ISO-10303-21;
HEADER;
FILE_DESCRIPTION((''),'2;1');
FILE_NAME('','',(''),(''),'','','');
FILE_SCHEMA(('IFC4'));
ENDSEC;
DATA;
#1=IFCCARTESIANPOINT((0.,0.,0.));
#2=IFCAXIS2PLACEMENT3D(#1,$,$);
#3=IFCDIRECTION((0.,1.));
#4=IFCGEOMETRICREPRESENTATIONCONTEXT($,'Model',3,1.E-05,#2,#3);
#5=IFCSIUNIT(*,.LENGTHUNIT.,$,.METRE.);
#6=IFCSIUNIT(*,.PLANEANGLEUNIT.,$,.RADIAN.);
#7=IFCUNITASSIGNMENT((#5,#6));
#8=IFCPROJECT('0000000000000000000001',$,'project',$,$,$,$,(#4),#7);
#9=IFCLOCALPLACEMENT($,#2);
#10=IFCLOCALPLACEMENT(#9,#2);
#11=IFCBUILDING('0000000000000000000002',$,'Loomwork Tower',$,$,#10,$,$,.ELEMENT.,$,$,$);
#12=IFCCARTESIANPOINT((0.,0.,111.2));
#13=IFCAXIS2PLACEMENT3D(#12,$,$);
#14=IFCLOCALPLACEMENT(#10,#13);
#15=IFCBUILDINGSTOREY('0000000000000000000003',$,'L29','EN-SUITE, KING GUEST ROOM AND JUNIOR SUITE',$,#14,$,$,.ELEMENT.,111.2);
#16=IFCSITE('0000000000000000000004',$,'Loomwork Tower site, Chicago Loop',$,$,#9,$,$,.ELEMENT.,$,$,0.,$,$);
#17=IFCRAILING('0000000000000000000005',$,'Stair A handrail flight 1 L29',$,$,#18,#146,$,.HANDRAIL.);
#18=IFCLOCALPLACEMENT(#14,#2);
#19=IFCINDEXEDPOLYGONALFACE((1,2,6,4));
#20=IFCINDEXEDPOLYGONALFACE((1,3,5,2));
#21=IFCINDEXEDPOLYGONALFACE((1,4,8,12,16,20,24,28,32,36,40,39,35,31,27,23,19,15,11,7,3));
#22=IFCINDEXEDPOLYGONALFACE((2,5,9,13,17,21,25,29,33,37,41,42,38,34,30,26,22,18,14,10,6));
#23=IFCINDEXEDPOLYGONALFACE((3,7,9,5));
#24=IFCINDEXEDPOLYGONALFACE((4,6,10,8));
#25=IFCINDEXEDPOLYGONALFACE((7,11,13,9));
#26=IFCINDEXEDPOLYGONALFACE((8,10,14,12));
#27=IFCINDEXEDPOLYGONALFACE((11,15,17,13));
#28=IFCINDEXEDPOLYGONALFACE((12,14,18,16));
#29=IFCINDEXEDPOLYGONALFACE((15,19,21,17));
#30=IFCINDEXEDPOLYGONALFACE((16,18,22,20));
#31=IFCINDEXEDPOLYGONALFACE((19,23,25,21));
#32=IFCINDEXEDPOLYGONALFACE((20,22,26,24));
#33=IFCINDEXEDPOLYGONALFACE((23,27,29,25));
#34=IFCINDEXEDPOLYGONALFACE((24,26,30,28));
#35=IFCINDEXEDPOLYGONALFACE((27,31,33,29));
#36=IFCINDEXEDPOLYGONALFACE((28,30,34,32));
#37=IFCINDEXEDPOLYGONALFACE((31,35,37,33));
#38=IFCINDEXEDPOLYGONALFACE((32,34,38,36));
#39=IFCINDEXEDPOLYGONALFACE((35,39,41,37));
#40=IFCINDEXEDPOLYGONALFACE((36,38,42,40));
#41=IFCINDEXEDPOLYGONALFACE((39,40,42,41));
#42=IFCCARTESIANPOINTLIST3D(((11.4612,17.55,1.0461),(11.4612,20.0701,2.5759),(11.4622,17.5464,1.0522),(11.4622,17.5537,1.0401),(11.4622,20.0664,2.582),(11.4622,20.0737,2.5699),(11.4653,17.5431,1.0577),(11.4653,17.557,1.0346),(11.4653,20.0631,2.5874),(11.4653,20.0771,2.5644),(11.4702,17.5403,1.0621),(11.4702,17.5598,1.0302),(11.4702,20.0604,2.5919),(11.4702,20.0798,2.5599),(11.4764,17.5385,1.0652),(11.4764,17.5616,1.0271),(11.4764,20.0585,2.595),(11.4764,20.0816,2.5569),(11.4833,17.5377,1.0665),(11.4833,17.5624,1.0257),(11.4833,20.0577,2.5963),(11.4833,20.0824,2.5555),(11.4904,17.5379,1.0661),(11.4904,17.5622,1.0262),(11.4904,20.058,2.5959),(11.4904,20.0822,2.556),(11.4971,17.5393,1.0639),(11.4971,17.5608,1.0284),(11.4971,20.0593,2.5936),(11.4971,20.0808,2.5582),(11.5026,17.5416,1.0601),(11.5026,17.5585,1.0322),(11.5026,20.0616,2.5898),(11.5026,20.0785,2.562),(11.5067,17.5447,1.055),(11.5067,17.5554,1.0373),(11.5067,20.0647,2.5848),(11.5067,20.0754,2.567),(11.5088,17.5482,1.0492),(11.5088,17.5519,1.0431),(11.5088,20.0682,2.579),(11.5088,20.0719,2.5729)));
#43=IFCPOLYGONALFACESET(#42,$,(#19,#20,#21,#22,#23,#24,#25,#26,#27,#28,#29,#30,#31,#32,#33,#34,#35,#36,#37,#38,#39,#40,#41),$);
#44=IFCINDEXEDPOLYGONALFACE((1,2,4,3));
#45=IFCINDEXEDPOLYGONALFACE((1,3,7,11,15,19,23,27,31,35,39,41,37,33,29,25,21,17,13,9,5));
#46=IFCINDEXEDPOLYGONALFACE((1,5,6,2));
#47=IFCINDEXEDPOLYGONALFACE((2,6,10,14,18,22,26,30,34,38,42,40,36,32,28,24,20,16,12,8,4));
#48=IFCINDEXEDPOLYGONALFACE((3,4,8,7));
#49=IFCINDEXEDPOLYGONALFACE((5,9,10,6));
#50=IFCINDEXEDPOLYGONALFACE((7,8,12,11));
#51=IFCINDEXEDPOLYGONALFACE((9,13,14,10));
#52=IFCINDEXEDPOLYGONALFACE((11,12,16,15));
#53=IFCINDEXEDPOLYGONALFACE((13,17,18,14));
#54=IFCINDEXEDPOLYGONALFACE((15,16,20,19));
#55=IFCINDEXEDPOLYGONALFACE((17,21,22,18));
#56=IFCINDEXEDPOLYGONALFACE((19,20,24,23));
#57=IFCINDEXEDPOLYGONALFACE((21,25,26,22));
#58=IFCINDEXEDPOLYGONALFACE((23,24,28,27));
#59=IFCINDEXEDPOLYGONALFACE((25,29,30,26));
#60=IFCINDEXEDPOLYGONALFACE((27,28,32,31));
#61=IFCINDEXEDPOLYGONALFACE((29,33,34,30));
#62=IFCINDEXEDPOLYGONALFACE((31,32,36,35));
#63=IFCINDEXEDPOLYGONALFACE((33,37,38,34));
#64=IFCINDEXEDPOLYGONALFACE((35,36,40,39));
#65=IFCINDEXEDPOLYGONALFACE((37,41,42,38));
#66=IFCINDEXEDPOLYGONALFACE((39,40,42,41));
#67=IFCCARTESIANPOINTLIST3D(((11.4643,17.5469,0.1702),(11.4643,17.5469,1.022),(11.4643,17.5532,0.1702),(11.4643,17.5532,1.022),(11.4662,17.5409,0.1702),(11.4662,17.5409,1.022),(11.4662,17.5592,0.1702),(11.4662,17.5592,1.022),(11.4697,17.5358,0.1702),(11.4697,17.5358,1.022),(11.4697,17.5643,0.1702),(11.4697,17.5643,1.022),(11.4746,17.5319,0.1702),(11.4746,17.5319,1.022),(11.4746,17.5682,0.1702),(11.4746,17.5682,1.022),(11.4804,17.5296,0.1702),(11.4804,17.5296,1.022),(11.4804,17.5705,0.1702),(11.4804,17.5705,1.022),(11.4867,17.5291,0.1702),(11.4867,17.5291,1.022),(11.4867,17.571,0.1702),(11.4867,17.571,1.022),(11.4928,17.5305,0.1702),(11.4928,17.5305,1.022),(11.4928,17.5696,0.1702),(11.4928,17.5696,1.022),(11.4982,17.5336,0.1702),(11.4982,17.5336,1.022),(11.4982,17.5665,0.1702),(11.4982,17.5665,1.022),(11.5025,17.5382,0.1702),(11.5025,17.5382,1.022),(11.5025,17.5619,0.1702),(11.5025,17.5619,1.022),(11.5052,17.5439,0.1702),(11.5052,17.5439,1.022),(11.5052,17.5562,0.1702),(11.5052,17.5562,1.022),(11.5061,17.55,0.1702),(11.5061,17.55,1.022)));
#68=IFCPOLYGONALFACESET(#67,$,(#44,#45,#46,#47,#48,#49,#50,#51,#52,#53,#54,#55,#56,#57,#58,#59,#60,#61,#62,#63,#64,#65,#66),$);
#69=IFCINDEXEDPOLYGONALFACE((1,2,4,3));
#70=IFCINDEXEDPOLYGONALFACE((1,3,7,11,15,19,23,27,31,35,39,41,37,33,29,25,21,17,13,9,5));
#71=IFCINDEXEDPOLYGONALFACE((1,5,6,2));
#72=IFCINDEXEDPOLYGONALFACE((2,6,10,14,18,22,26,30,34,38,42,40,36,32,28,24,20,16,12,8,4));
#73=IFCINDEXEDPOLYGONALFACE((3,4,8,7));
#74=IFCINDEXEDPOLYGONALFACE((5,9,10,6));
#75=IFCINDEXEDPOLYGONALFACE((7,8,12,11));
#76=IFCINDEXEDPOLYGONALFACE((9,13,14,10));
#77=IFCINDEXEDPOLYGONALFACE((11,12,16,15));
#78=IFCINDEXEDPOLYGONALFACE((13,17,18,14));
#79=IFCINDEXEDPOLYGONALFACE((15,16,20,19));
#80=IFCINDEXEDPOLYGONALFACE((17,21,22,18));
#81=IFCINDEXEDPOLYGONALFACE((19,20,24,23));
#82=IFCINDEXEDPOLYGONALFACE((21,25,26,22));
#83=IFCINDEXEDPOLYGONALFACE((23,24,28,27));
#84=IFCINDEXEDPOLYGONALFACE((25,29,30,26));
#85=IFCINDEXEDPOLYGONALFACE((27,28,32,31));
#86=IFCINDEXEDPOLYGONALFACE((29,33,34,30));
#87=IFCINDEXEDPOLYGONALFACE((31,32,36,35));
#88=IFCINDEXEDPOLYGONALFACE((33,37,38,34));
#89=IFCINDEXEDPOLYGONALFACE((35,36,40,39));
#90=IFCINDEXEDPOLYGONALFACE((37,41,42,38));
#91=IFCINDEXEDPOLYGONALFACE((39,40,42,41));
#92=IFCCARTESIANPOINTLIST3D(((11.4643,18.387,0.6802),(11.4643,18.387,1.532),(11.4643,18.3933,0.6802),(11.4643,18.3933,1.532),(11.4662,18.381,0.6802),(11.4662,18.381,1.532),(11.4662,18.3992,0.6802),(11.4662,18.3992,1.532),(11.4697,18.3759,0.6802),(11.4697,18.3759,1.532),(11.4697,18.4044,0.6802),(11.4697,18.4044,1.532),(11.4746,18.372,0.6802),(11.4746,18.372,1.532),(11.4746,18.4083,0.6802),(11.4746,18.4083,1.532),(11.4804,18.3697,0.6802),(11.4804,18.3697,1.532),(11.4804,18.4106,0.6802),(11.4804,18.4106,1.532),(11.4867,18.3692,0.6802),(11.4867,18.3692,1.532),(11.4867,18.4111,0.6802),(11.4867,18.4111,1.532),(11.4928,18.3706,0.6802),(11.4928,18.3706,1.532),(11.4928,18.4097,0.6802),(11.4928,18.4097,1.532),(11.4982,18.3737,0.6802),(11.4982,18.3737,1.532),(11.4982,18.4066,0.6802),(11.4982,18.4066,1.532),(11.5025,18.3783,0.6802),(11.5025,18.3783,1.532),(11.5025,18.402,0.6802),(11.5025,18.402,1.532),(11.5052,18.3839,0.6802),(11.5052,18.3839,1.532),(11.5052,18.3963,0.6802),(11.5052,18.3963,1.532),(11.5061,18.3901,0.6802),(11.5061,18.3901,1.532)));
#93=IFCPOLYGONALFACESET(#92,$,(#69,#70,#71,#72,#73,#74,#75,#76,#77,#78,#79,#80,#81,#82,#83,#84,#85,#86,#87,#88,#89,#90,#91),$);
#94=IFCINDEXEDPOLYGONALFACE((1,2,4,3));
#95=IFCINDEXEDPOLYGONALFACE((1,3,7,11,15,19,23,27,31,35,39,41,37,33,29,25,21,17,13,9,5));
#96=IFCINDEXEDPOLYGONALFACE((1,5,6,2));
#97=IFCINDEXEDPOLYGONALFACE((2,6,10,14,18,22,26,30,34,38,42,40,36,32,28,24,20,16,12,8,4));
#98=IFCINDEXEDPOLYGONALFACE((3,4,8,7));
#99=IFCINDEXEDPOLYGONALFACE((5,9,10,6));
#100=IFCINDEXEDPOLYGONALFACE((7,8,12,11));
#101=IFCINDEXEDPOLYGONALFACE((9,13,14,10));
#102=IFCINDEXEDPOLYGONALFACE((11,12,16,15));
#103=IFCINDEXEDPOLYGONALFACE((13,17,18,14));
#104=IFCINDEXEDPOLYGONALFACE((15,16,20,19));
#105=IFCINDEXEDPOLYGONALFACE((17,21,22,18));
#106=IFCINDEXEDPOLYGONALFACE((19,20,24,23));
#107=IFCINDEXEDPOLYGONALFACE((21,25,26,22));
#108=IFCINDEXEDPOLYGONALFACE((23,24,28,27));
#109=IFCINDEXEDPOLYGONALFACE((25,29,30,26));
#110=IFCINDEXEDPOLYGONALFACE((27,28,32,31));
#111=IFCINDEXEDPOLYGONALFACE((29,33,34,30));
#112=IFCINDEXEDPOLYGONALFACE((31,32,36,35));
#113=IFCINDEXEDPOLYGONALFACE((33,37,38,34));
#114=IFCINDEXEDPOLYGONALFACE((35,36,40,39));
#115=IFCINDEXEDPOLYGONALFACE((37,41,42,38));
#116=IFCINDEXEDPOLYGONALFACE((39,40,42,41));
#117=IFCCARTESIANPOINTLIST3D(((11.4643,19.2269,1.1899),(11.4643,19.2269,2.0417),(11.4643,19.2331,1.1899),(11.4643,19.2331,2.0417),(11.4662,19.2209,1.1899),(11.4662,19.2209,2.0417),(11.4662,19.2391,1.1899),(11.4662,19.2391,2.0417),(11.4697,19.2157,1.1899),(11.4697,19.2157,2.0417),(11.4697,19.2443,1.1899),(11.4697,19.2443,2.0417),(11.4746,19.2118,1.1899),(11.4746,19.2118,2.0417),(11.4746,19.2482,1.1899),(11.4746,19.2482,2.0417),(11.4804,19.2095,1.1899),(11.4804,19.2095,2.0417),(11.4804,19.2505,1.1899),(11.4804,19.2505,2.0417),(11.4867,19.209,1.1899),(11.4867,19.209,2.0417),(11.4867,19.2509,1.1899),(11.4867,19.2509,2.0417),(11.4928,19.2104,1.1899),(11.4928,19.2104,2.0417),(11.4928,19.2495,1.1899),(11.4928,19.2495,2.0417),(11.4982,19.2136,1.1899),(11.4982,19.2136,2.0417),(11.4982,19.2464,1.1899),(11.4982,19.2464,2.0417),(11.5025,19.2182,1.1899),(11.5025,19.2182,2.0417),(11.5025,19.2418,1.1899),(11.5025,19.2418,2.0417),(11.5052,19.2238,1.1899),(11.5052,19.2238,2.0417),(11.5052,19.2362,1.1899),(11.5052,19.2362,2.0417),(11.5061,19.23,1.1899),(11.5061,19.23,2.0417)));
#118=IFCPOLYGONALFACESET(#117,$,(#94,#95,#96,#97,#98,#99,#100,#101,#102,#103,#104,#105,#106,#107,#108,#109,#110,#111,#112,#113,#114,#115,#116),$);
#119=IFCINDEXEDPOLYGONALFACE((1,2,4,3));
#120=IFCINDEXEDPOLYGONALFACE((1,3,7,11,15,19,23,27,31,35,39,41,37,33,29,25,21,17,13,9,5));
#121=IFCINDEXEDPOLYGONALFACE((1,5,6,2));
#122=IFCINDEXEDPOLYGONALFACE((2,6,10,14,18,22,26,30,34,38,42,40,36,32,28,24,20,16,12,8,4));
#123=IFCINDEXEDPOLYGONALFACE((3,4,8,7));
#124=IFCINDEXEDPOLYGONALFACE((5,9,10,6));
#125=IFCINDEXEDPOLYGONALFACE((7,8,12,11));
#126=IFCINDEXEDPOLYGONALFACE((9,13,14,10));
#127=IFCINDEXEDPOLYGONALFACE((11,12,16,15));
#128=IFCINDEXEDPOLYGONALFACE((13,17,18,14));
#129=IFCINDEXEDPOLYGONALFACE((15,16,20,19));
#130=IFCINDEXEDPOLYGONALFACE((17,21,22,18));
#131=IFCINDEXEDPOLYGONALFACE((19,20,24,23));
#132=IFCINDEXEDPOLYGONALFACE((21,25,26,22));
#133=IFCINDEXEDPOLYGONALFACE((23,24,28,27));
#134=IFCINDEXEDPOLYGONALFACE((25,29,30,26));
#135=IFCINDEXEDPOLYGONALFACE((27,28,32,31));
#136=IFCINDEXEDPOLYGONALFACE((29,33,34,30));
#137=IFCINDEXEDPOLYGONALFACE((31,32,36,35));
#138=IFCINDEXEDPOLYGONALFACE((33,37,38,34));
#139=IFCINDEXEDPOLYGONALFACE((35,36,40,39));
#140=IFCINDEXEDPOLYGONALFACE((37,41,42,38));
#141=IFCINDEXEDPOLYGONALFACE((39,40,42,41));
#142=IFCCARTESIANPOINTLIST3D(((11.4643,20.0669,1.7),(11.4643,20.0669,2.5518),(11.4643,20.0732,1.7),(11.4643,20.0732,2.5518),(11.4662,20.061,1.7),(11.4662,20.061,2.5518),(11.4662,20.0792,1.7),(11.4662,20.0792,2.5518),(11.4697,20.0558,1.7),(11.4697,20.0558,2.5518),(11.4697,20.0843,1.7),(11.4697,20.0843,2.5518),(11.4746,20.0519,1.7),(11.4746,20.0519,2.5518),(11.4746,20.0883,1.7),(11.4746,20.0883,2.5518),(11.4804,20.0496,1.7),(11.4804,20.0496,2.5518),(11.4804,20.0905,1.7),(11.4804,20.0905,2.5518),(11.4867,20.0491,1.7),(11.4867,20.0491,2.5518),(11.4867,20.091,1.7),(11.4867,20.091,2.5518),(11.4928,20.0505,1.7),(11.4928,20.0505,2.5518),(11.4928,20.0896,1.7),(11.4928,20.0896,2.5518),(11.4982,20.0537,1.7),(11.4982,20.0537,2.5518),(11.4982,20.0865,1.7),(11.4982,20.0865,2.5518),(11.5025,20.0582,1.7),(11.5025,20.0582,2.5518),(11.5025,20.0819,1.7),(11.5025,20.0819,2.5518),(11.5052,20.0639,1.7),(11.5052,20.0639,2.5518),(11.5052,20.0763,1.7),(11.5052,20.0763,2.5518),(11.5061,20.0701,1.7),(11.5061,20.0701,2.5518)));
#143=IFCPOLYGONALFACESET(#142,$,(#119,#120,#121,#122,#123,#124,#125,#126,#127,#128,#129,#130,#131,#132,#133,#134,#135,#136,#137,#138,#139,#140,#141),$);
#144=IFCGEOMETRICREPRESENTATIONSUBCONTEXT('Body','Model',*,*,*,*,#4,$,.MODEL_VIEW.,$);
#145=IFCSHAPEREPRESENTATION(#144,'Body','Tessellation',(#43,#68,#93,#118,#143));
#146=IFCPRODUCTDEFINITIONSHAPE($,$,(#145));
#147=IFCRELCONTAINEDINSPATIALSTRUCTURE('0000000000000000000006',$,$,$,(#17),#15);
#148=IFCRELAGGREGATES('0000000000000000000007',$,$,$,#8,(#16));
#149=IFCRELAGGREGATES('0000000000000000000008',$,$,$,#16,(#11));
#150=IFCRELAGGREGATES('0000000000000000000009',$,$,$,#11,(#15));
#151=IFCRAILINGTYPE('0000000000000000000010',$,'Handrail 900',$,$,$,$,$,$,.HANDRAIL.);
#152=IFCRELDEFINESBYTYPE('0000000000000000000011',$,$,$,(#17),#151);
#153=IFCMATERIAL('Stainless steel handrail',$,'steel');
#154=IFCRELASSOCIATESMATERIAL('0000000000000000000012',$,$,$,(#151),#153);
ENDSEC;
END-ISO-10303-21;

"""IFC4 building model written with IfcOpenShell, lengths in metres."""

from ifc_helpers import new_model, si_unit, direction, frame, origin, origin_2d, place, context, subcontext, project, spatial, circle, extrude, material, type_object, element, save


model = new_model("IFC4")

# Units and contexts
model_context = context("Model", 3, precision=1e-05, world=origin(), true_north=direction((0.0, 1.0)))
body_context = subcontext(model_context, "Body", "Model", "MODEL_VIEW")
ifc_project = project(units=[si_unit("LENGTHUNIT", "METRE"), si_unit("PLANEANGLEUNIT", "RADIAN")], contexts=[model_context])

# Site, building, storey
site_placement = place(None, origin())
site = spatial("IfcSite", under=ifc_project, at=site_placement, Name="Loomwork Tower site, Chicago Loop", CompositionType="ELEMENT", RefElevation=0.0)
building_placement = place(site_placement, origin())
building = spatial("IfcBuilding", under=site, at=building_placement, Name="Loomwork Tower", CompositionType="ELEMENT")
storey_placement = place(building_placement, frame((0.0, 0.0, 111.2)))
storey = spatial("IfcBuildingStorey", under=building, at=storey_placement, Name="L29", Description="EN-SUITE, KING GUEST ROOM AND JUNIOR SUITE", CompositionType="ELEMENT", Elevation=111.2)

# Railing
ifc_material_1 = material(Name="Stainless steel handrail", Category="steel")
railing_type = type_object("IfcRailingType", Name="Handrail 900", PredefinedType="HANDRAIL", material=ifc_material_1)
railing_1_placement = place(storey_placement, frame((11.4851, 17.55, 0.1702)))
element("IfcRailing", 1, at=railing_1_placement, inside=storey, type_object=railing_type, Name="Stair A handrail flight 1 L29", PredefinedType="HANDRAIL", context=body_context, shape_type="SweptSolid", body=[
    extrude(circle(Radius=0.0239, at=origin_2d()), frame((0.0, 0.0, 0.876), z_axis=(0.0, 0.854822, 0.518922), x_axis=(-1.0, 0.0, 0.0)), (0.0, 0.0, 1.0), 2.948),
    extrude(circle(Radius=0.021, at=origin_2d()), origin(), (0.0, 0.0, 1.0), 0.8518),
    extrude(circle(Radius=0.021, at=origin_2d()), frame((0.0, 0.8401, 0.51)), (0.0, 0.0, 1.0), 0.8518),
    extrude(circle(Radius=0.021, at=origin_2d()), frame((0.0, 1.6799, 1.0198)), (0.0, 0.0, 1.0), 0.8518),
    extrude(circle(Radius=0.021, at=origin_2d()), frame((0.0, 2.52, 1.5298)), (0.0, 0.0, 1.0), 0.8518),
])

save(model, "model.ifc")
